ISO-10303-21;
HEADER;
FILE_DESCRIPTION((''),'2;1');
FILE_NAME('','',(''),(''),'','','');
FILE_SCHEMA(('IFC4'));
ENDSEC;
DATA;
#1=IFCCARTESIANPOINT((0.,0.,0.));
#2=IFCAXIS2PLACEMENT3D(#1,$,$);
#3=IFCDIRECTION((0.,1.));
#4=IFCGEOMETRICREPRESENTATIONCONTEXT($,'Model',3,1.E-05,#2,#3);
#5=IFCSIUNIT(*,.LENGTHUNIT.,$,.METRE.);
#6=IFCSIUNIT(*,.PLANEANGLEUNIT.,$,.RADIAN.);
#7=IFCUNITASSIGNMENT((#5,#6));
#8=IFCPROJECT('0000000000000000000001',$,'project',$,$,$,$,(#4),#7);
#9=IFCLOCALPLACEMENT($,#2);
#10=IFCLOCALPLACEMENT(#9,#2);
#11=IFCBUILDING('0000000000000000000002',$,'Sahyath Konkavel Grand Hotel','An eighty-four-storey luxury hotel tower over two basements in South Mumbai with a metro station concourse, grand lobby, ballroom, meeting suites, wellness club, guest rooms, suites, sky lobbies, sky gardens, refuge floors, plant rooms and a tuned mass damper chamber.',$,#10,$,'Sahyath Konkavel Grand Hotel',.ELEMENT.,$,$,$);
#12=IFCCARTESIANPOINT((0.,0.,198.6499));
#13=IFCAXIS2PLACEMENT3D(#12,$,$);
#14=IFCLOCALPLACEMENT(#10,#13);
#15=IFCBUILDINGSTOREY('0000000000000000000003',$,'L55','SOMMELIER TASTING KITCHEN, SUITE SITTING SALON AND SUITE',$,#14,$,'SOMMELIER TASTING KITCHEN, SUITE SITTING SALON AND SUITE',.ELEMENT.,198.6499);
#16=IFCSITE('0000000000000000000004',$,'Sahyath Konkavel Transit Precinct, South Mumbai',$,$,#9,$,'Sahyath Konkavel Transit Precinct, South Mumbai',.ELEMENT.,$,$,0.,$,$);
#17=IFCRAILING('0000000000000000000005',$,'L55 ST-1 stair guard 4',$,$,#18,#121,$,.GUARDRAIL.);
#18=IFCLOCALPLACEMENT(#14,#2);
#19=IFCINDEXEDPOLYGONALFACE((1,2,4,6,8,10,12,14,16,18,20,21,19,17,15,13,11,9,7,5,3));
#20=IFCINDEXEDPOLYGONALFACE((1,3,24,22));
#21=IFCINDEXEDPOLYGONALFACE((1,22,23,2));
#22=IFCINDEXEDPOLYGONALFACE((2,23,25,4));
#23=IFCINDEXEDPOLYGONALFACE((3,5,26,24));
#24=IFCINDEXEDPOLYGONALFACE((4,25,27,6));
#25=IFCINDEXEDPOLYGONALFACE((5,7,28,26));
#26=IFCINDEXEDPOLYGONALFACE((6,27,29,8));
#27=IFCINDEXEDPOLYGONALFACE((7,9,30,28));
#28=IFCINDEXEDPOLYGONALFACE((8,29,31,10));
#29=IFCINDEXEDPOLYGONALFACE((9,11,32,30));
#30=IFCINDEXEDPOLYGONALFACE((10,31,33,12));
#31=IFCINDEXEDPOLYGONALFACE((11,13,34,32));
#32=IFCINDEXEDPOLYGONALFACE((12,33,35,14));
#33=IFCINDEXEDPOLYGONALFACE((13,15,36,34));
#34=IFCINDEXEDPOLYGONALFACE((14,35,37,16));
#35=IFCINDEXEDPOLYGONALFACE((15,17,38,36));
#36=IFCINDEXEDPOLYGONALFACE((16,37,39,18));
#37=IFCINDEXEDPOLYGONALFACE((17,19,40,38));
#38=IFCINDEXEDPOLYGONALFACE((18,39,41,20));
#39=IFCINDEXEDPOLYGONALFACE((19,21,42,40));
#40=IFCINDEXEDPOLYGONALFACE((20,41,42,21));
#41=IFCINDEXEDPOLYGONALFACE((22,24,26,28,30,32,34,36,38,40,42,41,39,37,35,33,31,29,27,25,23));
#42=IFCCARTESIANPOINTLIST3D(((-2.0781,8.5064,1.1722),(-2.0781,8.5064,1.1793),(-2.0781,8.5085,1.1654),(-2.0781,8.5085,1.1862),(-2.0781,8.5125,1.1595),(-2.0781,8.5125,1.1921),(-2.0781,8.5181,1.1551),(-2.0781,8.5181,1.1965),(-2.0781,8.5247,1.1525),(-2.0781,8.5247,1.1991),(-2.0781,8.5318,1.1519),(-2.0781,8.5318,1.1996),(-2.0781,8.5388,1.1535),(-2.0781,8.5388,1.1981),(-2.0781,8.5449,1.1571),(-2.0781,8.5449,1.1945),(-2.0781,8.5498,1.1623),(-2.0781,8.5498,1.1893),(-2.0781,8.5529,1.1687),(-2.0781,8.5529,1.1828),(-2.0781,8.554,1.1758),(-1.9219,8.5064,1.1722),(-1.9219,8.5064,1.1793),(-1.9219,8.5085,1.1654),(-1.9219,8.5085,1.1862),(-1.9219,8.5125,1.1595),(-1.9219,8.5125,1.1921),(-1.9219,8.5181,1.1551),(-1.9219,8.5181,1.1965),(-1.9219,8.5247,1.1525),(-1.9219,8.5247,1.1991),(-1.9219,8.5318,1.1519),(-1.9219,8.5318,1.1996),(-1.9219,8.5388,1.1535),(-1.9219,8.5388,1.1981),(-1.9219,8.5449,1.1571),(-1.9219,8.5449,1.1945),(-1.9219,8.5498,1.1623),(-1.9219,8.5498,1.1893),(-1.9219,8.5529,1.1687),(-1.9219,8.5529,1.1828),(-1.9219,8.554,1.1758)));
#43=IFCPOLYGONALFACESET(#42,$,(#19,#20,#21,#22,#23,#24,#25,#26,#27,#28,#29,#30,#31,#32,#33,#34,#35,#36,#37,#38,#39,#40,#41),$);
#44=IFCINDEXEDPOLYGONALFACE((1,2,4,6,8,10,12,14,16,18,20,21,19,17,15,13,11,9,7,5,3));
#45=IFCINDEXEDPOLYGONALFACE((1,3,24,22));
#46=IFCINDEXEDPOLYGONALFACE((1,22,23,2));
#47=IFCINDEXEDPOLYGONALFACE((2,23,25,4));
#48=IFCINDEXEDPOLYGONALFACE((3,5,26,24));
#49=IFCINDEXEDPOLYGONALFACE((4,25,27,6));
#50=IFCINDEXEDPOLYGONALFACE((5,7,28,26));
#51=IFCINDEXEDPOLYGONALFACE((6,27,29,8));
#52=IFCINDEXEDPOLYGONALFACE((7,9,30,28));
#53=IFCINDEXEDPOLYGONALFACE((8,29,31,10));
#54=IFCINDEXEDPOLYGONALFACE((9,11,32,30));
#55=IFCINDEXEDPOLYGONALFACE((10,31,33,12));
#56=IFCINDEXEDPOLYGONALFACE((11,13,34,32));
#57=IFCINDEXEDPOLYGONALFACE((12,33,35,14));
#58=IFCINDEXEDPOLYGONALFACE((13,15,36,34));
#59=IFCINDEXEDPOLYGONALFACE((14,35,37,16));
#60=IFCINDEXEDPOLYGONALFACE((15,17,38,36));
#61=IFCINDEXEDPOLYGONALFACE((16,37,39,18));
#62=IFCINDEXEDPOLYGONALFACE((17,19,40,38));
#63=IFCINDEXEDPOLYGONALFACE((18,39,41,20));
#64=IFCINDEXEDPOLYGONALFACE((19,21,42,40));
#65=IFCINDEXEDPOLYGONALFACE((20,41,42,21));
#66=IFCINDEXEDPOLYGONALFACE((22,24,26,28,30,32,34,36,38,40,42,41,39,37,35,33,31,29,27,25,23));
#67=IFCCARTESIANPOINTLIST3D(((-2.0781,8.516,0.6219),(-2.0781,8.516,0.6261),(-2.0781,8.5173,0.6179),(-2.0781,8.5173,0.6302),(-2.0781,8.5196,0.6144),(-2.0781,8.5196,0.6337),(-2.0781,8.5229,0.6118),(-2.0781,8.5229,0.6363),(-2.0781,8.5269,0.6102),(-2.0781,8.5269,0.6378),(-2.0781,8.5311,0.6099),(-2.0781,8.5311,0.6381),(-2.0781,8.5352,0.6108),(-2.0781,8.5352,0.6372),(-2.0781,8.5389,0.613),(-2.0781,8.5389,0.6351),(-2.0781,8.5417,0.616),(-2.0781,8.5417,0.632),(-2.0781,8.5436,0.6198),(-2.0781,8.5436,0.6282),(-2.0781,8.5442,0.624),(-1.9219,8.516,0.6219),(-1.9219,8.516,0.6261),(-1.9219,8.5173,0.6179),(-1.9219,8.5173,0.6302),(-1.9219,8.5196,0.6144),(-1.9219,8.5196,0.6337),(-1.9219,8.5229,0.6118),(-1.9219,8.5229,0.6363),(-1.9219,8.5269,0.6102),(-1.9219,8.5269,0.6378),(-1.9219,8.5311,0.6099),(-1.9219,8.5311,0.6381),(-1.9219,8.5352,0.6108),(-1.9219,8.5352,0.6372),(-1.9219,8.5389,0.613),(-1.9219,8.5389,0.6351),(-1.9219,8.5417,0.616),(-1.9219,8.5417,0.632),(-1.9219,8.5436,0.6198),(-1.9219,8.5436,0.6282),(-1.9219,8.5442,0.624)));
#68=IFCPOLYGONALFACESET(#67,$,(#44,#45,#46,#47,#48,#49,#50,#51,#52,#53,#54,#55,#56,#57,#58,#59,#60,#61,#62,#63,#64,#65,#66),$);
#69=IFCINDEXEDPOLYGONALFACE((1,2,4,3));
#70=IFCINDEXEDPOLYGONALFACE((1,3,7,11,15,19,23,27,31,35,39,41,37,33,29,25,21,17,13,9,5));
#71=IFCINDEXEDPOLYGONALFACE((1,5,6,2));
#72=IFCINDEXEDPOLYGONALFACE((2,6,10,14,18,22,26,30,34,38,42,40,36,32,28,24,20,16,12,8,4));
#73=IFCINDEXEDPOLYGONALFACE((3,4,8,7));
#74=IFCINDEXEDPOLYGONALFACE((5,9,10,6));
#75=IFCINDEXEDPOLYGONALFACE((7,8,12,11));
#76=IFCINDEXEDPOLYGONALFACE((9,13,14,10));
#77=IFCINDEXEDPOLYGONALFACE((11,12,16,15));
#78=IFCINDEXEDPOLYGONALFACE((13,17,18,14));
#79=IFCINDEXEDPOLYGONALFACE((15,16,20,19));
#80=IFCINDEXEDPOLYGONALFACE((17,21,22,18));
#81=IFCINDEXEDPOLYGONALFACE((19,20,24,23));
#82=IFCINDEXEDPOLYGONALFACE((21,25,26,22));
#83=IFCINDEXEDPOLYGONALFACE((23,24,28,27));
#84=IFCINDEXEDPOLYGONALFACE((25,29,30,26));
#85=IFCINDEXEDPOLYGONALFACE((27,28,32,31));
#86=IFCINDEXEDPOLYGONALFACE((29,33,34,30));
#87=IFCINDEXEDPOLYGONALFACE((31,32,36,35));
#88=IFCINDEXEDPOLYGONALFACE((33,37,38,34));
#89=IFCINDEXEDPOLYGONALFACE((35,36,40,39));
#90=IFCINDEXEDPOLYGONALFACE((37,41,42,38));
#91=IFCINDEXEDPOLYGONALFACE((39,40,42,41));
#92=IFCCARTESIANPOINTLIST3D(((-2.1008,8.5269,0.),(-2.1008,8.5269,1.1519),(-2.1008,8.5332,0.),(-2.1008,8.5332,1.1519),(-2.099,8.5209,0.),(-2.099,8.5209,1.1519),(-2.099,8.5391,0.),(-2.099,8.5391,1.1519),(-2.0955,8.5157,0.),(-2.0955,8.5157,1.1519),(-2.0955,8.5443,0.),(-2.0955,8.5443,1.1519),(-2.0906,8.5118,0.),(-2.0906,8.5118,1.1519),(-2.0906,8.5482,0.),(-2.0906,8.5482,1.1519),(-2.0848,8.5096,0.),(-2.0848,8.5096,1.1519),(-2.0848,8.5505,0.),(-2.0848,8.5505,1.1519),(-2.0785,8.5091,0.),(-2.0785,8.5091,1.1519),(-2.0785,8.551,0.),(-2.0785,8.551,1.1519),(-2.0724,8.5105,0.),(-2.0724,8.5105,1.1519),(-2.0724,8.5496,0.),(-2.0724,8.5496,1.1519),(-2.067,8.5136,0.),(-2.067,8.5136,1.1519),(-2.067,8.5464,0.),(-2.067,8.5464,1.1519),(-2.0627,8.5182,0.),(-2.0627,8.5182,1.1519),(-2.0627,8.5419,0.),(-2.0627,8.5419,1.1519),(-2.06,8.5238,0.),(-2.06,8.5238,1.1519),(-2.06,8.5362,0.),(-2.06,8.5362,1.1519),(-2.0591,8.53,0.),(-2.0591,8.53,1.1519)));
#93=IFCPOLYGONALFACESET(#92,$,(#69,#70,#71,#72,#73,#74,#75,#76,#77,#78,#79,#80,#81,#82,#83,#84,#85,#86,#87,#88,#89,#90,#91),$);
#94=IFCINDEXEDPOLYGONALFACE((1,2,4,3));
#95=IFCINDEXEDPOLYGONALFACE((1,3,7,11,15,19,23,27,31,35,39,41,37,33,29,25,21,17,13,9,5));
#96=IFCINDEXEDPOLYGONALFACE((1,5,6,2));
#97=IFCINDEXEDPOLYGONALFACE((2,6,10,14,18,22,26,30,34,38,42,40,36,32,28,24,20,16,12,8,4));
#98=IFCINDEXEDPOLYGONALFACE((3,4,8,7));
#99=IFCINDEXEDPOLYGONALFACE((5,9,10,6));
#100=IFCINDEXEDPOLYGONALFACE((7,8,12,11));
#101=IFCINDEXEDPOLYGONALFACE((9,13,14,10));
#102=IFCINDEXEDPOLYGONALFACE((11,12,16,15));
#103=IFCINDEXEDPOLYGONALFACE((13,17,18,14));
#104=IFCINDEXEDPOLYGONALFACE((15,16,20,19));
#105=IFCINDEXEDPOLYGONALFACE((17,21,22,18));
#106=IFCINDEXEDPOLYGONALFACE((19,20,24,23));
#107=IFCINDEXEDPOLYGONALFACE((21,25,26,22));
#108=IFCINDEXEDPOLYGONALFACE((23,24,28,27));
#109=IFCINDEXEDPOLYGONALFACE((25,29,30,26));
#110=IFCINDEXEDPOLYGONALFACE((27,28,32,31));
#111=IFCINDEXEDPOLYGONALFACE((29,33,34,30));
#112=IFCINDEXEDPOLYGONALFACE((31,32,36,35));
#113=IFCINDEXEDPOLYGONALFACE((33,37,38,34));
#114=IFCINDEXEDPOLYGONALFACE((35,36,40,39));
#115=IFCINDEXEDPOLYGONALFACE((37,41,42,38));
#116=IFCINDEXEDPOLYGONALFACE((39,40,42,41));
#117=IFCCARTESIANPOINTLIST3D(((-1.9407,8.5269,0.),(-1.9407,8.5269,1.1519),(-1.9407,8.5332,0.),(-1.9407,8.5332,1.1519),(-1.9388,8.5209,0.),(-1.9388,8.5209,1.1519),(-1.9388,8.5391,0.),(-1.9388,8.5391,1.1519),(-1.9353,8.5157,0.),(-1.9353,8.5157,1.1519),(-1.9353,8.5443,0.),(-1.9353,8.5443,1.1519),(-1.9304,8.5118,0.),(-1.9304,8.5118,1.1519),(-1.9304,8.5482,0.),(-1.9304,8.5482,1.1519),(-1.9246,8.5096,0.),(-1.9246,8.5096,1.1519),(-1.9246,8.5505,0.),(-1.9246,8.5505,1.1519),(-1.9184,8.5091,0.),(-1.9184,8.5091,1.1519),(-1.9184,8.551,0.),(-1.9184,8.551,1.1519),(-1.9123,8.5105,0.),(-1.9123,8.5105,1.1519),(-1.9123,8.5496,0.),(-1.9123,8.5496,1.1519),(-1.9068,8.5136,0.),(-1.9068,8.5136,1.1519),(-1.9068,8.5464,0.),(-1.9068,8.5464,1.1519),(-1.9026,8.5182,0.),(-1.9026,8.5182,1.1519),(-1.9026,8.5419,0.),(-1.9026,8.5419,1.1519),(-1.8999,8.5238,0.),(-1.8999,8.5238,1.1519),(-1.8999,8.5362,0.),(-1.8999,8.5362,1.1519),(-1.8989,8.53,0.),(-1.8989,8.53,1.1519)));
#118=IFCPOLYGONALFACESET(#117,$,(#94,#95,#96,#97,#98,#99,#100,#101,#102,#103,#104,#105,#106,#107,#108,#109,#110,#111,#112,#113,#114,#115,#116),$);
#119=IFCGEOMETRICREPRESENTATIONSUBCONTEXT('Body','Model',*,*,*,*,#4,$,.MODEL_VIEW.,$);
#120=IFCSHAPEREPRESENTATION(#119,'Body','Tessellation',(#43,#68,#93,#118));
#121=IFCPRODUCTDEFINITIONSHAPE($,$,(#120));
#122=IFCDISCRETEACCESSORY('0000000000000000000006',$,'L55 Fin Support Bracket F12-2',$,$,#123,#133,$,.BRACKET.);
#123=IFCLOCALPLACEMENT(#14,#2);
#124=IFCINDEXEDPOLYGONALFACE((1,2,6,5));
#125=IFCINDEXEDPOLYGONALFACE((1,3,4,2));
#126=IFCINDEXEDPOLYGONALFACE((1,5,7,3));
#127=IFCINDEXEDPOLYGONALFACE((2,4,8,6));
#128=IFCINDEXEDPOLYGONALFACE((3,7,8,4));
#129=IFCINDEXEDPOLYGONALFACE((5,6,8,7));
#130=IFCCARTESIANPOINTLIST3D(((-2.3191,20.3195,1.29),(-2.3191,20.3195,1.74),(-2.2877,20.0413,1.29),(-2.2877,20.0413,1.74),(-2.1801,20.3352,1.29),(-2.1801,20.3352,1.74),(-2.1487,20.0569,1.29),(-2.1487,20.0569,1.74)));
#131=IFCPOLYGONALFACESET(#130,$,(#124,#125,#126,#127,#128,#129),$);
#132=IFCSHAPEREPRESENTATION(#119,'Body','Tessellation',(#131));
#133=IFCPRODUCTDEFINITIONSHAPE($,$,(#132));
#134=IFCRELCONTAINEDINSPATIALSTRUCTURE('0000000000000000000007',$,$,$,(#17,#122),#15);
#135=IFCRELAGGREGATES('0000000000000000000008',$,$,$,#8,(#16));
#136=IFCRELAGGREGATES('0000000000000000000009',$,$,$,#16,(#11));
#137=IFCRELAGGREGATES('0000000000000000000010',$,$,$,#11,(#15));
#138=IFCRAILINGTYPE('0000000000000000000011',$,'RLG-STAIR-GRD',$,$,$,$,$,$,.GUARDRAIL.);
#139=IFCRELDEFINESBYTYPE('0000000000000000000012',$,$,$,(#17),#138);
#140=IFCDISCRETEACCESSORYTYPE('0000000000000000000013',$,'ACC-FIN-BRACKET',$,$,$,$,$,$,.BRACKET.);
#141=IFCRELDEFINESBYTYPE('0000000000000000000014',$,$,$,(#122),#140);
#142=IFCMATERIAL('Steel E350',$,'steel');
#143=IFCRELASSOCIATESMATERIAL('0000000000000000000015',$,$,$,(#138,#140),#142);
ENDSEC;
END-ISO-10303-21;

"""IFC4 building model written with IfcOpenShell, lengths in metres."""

from ifc_helpers import new_model, si_unit, direction, frame, origin, origin_2d, place, context, subcontext, project, spatial, rectangle, circle, extrude, source, transform, mapped, material, type_object, element, save


model = new_model("IFC4")

# Units and contexts
model_context = context("Model", 3, precision=1e-05, world=origin(), true_north=direction((0.0, 1.0)))
body_context = subcontext(model_context, "Body", "Model", "MODEL_VIEW")
ifc_project = project(units=[si_unit("LENGTHUNIT", "METRE"), si_unit("PLANEANGLEUNIT", "RADIAN")], contexts=[model_context])

# Site, building, storey
site_placement = place(None, origin())
site = spatial("IfcSite", under=ifc_project, at=site_placement, Name="Sahyath Konkavel Transit Precinct, South Mumbai", LongName="Sahyath Konkavel Transit Precinct, South Mumbai", CompositionType="ELEMENT", RefElevation=0.0)
building_placement = place(site_placement, origin())
building = spatial("IfcBuilding", under=site, at=building_placement, Name="Sahyath Konkavel Grand Hotel", Description="An eighty-four-storey luxury hotel tower over two basements in South Mumbai with a metro station concourse, grand lobby, ballroom, meeting suites, wellness club, guest rooms, suites, sky lobbies, sky gardens, refuge floors, plant rooms and a tuned mass damper chamber.", LongName="Sahyath Konkavel Grand Hotel", CompositionType="ELEMENT")
storey_placement = place(building_placement, frame((0.0, 0.0, 198.6499)))
storey = spatial("IfcBuildingStorey", under=building, at=storey_placement, Name="L55", Description="SOMMELIER TASTING KITCHEN, SUITE SITTING SALON AND SUITE", LongName="SOMMELIER TASTING KITCHEN, SUITE SITTING SALON AND SUITE", CompositionType="ELEMENT", Elevation=198.6499)

# Shared definitions
ifc_material_1 = material(Name="Steel E350", Category="steel")

# Railing
railing_type = type_object("IfcRailingType", Name="RLG-STAIR-GRD", PredefinedType="GUARDRAIL", material=ifc_material_1)
railing_1_placement = place(storey_placement, frame((-2.0801, 8.53, 0.0)))
element("IfcRailing", 1, at=railing_1_placement, inside=storey, type_object=railing_type, Name="L55 ST-1 stair guard 4", PredefinedType="GUARDRAIL", context=body_context, shape_type="SweptSolid", body=[
    extrude(circle(Radius=0.0239, at=origin_2d()), frame((0.002, 0.0, 1.1758), z_axis=(1.0, 0.0, 0.0), x_axis=(0.0, 1.0, 0.0)), (0.0, 0.0, 1.0), 0.1562),
    extrude(circle(Radius=0.0142, at=origin_2d()), frame((0.002, 0.0, 0.624), z_axis=(1.0, 0.0, 0.0), x_axis=(0.0, 1.0, 0.0)), (0.0, 0.0, 1.0), 0.1562),
    extrude(circle(Radius=0.021, at=origin_2d()), origin(), (0.0, 0.0, 1.0), 1.1519),
    extrude(circle(Radius=0.021, at=origin_2d()), frame((0.1602, 0.0, 0.0)), (0.0, 0.0, 1.0), 1.1519),
])

# Discrete accessory
discrete_accessory_type = type_object("IfcDiscreteAccessoryType", Name="ACC-FIN-BRACKET", PredefinedType="BRACKET", material=ifc_material_1)
shared_shape_1 = source(origin(), body_context, "Body", "SweptSolid", [
    extrude(rectangle(XDim=0.28, YDim=0.1399, at=origin_2d()), origin(), (0.0, 0.0, 1.0), 0.45),
])
discrete_accessory_placement = place(storey_placement, frame((-2.2339, 20.1882, 1.29), z_axis=(0.0, 0.0, 1.0), x_axis=(-0.112007, 0.993707, 0.0)))
element("IfcDiscreteAccessory", 2, at=discrete_accessory_placement, inside=storey, type_object=discrete_accessory_type, Name="L55 Fin Support Bracket F12-2", PredefinedType="BRACKET", context=body_context, shape_type="MappedRepresentation", body=[
    mapped(shared_shape_1, transform((0.0, 0.0, 0.0), scale=1.0)),
])

save(model, "model.ifc")
